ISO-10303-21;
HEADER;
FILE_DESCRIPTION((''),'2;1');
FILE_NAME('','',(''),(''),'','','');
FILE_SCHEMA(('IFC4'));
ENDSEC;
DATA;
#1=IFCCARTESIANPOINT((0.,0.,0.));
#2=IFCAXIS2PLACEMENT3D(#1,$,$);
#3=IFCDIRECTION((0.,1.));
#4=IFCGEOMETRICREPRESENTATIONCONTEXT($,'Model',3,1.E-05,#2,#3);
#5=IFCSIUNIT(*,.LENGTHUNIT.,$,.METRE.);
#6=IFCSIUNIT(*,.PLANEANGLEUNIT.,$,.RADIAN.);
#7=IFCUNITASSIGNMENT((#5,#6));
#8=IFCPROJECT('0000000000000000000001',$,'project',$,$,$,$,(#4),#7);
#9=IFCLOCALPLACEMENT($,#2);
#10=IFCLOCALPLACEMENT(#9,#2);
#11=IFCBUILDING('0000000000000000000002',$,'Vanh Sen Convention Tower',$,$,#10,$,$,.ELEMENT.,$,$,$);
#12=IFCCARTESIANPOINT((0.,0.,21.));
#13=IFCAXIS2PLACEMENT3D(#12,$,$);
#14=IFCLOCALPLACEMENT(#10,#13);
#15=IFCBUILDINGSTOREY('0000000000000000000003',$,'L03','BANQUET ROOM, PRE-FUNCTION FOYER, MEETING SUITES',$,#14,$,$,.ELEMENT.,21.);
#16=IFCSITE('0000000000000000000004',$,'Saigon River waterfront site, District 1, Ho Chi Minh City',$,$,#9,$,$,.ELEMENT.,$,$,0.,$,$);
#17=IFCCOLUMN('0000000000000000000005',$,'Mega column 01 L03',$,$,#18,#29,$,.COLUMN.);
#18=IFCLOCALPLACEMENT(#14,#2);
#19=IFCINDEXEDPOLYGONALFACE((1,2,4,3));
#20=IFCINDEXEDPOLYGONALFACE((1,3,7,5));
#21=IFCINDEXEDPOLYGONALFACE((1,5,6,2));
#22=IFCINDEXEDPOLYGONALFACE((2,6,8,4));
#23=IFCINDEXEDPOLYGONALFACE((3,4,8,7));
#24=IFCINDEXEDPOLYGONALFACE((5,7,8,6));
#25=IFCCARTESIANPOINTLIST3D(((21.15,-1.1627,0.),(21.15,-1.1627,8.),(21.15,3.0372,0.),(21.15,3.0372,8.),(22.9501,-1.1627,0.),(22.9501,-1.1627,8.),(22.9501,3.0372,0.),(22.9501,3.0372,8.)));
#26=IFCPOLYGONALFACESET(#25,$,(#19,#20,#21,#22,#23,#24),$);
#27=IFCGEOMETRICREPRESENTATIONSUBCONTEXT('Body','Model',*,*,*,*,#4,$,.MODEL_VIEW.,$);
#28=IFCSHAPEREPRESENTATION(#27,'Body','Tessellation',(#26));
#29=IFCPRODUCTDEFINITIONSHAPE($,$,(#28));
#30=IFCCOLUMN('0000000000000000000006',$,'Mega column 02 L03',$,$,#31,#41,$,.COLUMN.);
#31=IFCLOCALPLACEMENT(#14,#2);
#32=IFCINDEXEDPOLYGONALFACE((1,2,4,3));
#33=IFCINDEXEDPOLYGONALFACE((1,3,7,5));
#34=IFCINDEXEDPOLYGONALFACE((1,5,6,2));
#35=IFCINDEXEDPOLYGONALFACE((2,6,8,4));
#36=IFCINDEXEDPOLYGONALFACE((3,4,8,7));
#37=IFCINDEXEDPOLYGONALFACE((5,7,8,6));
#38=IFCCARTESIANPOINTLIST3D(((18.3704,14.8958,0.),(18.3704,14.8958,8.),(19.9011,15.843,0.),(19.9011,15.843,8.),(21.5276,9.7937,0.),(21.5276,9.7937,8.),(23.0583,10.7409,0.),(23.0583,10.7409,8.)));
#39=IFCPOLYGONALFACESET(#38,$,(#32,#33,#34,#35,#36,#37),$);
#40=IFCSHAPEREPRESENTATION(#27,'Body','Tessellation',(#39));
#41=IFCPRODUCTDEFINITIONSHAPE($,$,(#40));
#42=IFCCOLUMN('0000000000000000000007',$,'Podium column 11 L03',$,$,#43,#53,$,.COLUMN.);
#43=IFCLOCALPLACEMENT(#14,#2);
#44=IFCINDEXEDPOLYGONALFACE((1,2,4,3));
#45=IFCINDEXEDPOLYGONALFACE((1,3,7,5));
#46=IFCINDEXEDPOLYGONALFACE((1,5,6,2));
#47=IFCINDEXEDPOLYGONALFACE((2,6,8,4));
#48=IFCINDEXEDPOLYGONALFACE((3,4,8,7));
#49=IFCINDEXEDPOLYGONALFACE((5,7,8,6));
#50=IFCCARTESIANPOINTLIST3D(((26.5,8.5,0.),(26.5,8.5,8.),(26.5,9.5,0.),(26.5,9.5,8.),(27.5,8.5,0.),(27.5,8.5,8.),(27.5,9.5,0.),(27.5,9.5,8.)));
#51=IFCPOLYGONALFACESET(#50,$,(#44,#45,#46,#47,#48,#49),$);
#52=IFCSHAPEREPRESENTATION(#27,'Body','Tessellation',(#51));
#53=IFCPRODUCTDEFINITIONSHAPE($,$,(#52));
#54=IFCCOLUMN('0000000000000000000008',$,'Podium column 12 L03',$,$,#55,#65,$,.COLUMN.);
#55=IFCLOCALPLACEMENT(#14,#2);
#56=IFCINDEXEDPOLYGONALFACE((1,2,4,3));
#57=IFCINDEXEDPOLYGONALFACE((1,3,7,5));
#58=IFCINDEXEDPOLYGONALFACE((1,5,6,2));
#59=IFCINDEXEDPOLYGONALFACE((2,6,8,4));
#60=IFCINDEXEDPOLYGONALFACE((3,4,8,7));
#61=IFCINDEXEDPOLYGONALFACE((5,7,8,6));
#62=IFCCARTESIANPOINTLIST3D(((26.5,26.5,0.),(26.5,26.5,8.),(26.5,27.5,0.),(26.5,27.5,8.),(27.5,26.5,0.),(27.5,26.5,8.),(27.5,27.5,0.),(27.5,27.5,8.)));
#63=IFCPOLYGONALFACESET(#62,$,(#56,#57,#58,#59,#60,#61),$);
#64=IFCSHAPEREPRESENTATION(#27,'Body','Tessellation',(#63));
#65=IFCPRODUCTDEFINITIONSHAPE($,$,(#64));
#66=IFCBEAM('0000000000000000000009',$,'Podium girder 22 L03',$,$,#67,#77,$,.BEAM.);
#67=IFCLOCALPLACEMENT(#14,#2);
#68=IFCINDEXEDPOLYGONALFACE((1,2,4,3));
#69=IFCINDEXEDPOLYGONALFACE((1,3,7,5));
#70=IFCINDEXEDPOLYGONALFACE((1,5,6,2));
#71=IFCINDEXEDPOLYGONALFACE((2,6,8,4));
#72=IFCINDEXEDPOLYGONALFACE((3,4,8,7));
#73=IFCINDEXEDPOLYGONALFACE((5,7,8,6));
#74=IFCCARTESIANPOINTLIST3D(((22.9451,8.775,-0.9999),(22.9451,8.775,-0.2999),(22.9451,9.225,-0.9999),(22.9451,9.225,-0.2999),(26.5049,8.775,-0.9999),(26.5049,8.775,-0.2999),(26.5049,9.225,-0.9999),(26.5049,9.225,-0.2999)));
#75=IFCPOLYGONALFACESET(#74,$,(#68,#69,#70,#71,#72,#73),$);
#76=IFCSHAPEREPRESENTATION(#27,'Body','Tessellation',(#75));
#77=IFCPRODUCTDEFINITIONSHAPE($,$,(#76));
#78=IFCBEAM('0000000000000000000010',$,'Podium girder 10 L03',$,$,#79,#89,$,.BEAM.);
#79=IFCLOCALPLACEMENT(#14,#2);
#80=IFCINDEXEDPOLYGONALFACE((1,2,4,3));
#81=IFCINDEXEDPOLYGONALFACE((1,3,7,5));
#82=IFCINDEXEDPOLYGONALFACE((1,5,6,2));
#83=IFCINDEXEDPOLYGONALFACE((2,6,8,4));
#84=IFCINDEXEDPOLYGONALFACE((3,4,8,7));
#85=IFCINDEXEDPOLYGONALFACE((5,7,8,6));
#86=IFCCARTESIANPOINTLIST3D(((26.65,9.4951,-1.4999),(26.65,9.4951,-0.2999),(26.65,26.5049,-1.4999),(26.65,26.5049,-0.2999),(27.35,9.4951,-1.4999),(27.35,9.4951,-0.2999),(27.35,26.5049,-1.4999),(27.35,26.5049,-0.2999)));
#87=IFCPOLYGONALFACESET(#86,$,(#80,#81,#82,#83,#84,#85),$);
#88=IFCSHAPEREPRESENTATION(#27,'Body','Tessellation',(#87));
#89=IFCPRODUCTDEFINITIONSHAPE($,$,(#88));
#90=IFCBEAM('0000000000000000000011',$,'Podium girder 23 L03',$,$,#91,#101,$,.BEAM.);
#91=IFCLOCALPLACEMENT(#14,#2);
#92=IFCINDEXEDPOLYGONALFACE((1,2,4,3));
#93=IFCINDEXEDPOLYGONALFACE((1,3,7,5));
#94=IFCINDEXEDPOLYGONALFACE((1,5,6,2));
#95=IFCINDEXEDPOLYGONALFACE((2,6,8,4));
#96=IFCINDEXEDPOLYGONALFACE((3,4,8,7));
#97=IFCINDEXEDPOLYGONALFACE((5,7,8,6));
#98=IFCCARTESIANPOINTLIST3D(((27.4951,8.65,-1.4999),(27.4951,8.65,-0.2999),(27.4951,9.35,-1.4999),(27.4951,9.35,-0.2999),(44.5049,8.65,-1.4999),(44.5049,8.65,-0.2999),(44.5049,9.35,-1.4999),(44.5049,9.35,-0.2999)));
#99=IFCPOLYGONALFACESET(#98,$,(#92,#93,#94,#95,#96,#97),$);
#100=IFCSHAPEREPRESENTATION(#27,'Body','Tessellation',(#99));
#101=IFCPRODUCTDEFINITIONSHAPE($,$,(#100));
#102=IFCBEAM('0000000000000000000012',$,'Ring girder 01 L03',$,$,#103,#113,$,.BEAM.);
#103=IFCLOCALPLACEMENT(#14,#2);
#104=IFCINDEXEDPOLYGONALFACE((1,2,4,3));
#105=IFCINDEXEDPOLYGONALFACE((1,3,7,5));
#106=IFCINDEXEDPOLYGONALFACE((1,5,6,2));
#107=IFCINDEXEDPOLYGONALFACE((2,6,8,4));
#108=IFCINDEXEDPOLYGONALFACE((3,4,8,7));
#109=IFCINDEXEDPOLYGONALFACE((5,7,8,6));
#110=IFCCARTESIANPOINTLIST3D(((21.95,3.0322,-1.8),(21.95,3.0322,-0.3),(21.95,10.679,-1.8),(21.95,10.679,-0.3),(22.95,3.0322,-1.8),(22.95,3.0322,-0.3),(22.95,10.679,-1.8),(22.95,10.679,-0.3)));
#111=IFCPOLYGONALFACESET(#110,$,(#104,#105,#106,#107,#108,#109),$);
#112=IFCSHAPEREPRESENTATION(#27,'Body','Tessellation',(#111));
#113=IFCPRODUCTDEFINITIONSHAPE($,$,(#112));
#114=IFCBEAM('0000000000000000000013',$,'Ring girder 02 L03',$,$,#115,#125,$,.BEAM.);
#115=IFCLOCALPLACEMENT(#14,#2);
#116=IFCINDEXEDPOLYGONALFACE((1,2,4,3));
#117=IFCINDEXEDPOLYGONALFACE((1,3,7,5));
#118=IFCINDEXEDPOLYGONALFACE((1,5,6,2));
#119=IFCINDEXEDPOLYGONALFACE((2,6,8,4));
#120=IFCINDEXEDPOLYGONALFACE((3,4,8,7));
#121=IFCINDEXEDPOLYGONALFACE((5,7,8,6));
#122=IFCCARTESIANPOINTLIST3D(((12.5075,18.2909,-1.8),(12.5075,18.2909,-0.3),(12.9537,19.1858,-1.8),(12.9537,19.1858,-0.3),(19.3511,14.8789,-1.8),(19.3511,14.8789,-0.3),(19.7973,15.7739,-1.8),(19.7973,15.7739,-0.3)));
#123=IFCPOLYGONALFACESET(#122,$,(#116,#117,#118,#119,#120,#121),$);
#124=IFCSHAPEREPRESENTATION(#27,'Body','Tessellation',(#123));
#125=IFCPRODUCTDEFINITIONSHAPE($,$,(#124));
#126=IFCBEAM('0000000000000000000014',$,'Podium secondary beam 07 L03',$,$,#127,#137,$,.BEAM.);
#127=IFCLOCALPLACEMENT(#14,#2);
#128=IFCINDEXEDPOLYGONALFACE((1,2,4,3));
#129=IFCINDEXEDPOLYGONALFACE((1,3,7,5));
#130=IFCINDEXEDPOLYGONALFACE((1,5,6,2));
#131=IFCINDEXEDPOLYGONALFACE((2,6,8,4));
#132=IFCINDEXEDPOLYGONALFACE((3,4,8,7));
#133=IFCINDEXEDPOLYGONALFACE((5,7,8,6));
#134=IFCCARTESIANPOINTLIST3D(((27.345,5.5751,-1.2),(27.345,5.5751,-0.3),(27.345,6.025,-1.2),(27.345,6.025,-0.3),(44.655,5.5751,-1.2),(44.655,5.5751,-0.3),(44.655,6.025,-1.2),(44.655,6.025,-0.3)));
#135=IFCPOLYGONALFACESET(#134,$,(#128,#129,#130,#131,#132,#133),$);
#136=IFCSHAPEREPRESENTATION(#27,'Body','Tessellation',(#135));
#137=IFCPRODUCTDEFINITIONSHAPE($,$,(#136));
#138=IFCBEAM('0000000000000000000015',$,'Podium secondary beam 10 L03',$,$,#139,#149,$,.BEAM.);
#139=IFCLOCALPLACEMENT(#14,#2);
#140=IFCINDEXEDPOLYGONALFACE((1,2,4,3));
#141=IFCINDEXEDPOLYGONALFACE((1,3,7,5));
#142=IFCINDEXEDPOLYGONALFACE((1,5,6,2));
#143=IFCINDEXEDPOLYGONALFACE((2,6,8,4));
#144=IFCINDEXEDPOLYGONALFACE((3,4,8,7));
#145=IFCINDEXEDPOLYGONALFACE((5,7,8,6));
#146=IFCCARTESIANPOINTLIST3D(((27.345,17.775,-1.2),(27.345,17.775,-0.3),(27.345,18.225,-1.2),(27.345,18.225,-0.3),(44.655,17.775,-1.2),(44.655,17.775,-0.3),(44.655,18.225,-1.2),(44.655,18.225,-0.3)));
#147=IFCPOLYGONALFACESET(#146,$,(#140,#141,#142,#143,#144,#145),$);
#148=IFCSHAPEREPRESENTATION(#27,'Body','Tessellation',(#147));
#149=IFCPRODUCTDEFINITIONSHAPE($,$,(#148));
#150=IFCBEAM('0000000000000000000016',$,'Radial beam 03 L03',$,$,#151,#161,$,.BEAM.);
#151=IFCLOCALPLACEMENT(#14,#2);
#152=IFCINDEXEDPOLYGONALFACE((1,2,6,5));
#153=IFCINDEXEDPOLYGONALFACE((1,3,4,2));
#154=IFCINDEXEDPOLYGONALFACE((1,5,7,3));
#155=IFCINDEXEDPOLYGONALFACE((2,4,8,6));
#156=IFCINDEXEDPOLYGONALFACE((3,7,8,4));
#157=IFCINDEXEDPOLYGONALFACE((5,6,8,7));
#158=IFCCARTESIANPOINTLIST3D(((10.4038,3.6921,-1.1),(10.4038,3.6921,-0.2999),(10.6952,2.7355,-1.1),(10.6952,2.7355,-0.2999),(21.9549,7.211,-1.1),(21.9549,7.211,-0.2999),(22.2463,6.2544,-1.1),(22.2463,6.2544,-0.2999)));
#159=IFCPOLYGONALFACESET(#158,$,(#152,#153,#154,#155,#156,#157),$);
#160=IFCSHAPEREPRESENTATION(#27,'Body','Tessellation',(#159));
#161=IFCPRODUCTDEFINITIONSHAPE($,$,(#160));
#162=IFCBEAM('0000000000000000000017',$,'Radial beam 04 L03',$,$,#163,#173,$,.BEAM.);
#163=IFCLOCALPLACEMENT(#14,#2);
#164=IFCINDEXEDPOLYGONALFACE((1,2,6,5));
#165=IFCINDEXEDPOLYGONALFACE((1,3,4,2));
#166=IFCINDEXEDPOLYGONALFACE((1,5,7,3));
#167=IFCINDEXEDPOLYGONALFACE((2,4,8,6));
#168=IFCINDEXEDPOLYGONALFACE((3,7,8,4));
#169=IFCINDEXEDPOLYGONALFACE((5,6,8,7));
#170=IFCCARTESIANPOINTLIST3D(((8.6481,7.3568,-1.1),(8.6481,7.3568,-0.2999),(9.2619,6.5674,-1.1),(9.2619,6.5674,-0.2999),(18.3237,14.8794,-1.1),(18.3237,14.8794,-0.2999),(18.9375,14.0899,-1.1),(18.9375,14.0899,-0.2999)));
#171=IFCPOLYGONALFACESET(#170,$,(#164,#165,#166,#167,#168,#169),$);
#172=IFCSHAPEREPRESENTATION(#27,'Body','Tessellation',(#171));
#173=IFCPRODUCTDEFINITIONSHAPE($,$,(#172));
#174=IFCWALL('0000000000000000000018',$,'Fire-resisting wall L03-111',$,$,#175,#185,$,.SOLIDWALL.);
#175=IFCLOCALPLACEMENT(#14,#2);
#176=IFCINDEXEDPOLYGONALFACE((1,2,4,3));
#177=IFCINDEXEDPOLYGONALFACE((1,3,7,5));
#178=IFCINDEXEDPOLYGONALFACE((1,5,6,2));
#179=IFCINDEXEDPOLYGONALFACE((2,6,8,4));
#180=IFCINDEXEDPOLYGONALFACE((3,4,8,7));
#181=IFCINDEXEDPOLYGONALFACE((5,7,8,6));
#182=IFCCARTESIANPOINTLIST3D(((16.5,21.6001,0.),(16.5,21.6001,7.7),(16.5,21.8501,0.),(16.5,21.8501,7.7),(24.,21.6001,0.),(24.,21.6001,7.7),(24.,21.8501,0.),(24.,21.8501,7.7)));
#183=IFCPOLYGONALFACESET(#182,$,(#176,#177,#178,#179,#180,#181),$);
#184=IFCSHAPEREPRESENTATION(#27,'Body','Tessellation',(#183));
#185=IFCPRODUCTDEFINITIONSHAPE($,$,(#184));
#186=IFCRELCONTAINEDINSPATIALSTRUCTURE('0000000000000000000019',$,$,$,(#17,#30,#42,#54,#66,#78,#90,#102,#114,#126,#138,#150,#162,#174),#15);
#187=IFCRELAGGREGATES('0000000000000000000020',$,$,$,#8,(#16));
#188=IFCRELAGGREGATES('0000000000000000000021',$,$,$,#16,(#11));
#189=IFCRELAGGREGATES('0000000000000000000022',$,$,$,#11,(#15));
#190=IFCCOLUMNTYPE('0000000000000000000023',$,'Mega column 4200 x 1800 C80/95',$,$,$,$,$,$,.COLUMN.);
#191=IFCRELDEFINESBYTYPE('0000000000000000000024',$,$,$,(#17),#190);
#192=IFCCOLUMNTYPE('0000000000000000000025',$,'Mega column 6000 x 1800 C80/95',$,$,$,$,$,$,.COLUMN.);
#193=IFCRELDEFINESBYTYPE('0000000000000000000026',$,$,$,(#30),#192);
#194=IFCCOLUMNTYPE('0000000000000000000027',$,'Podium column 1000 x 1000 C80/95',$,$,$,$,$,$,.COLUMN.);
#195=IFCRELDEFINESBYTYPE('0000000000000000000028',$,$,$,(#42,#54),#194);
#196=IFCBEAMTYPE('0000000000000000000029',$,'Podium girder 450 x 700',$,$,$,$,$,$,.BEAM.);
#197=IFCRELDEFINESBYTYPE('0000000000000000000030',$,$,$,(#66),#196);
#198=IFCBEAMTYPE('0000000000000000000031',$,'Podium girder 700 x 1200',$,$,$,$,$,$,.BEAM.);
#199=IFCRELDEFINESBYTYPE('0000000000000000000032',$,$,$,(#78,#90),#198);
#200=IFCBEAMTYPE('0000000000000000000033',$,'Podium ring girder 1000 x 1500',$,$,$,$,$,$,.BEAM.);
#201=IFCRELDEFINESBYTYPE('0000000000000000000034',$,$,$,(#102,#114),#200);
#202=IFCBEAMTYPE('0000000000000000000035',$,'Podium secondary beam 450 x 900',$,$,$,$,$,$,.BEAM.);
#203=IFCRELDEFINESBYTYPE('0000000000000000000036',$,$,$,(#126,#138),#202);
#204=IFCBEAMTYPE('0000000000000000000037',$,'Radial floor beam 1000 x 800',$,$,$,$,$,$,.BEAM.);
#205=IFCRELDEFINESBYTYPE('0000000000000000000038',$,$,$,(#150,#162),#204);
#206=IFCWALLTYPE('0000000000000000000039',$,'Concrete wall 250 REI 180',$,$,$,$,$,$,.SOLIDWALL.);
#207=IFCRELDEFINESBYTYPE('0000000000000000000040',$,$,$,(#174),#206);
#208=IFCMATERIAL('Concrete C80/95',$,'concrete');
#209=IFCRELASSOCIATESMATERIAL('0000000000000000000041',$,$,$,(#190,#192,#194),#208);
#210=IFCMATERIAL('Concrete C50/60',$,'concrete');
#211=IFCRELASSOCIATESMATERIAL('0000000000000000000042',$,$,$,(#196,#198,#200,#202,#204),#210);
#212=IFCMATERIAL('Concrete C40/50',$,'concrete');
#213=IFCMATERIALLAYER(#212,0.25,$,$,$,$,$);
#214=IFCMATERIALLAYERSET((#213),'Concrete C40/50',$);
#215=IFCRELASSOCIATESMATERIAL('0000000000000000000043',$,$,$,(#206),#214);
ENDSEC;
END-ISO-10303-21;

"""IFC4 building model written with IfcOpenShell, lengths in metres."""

from ifc_helpers import new_model, si_unit, direction, frame, frame_2d, origin, origin_2d, place, context, subcontext, project, spatial, rectangle, extrude, material, layer, layer_set, material_profile, profile_set, type_object, element, save


model = new_model("IFC4")

# Units and contexts
model_context = context("Model", 3, precision=1e-05, world=origin(), true_north=direction((0.0, 1.0)))
body_context = subcontext(model_context, "Body", "Model", "MODEL_VIEW")
ifc_project = project(units=[si_unit("LENGTHUNIT", "METRE"), si_unit("PLANEANGLEUNIT", "RADIAN")], contexts=[model_context])

# Site, building, storey
site_placement = place(None, origin())
site = spatial("IfcSite", under=ifc_project, at=site_placement, Name="Saigon River waterfront site, District 1, Ho Chi Minh City", CompositionType="ELEMENT", RefElevation=0.0)
building_placement = place(site_placement, origin())
building = spatial("IfcBuilding", under=site, at=building_placement, Name="Vanh Sen Convention Tower", CompositionType="ELEMENT")
storey_placement = place(building_placement, frame((0.0, 0.0, 21.0)))
storey = spatial("IfcBuildingStorey", under=building, at=storey_placement, Name="L03", Description="BANQUET ROOM, PRE-FUNCTION FOYER, MEETING SUITES", CompositionType="ELEMENT", Elevation=21.0)

# Columns
ifc_material_1 = material(Name="Concrete C80/95", Category="concrete")
ifc_material_profile_1 = material_profile(ifc_material_1, rectangle(XDim=4.2, YDim=1.8, at=origin_2d()), Name="RC 4200X1800")
ifc_profile_set_1 = profile_set([ifc_material_profile_1], Name="Concrete C80/95")
column_type_1 = type_object("IfcColumnType", Name="Mega column 4200 x 1800 C80/95", PredefinedType="COLUMN", material=ifc_profile_set_1)
column_1_placement = place(storey_placement, frame((22.05, 0.9373, 0.0), z_axis=(0.0, 0.0, 1.0), x_axis=(0.0, 1.0, 0.0)))
element("IfcColumn", 1, at=column_1_placement, inside=storey, type_object=column_type_1, Name="Mega column 01 L03", PredefinedType="COLUMN", context=body_context, shape_type="SweptSolid", body=[
    extrude(rectangle(XDim=4.2, YDim=1.8, at=origin_2d()), origin(), (0.0, 0.0, 1.0), 8.0),
])
ifc_material_profile_2 = material_profile(ifc_material_1, rectangle(XDim=6.0, YDim=1.8, at=origin_2d()), Name="RC 6000X1800")
ifc_profile_set_2 = profile_set([ifc_material_profile_2], Name="Concrete C80/95")
column_type_2 = type_object("IfcColumnType", Name="Mega column 6000 x 1800 C80/95", PredefinedType="COLUMN", material=ifc_profile_set_2)
column_2_placement = place(storey_placement, frame((20.7144, 12.8184, 0.0), z_axis=(0.0, 0.0, 1.0), x_axis=(-0.526211, 0.850354, 0.0)))
element("IfcColumn", 2, at=column_2_placement, inside=storey, type_object=column_type_2, Name="Mega column 02 L03", PredefinedType="COLUMN", context=body_context, shape_type="SweptSolid", body=[
    extrude(rectangle(XDim=6.0, YDim=1.8, at=origin_2d()), origin(), (0.0, 0.0, 1.0), 8.0),
])
ifc_material_profile_3 = material_profile(ifc_material_1, rectangle(XDim=1.0, YDim=1.0, at=origin_2d()), Name="RC 1000X1000")
ifc_profile_set_3 = profile_set([ifc_material_profile_3], Name="Concrete C80/95")
column_type_3 = type_object("IfcColumnType", Name="Podium column 1000 x 1000 C80/95", PredefinedType="COLUMN", material=ifc_profile_set_3)
for number, where, z_axis, x_axis, name in (
    (3, (27.0, 9.0, 0.0), (0.0, 0.0, 1.0), (1.0, 0.0, 0.0), "Podium column 11 L03"),
    (4, (27.0, 27.0, 0.0), (0.0, 0.0, 1.0), (1.0, 0.0, 0.0), "Podium column 12 L03"),
):
    element("IfcColumn", number, at=place(storey_placement, frame(where, z_axis=z_axis, x_axis=x_axis)), inside=storey, type_object=column_type_3, Name=name, PredefinedType="COLUMN", context=body_context, shape_type="SweptSolid", body=[
        extrude(rectangle(XDim=1.0, YDim=1.0, at=origin_2d()), origin(), (0.0, 0.0, 1.0), 8.0),
    ])

# Beams
ifc_material_2 = material(Name="Concrete C50/60", Category="concrete")
ifc_material_profile_4 = material_profile(ifc_material_2, rectangle(XDim=0.45, YDim=0.7, at=origin_2d()), Name="RC 450X700")
ifc_profile_set_4 = profile_set([ifc_material_profile_4], Name="Concrete C50/60")
beam_type_1 = type_object("IfcBeamType", Name="Podium girder 450 x 700", PredefinedType="BEAM", material=ifc_profile_set_4)
beam_1_placement = place(storey_placement, frame((22.9451, 9.0, -0.6499), z_axis=(1.0, 0.0, 0.0), x_axis=(0.0, 1.0, 0.0)))
element("IfcBeam", 5, at=beam_1_placement, inside=storey, type_object=beam_type_1, Name="Podium girder 22 L03", PredefinedType="BEAM", context=body_context, shape_type="SweptSolid", body=[
    extrude(rectangle(XDim=0.45, YDim=0.7, at=origin_2d()), origin(), (0.0, 0.0, 1.0), 3.5598),
])
ifc_material_profile_5 = material_profile(ifc_material_2, rectangle(XDim=0.7, YDim=1.2, at=origin_2d()), Name="RC 700X1200")
ifc_profile_set_5 = profile_set([ifc_material_profile_5], Name="Concrete C50/60")
beam_type_2 = type_object("IfcBeamType", Name="Podium girder 700 x 1200", PredefinedType="BEAM", material=ifc_profile_set_5)
for number, where, z_axis, x_axis, name in (
    (6, (27.0, 9.4951, -0.8999), (0.0, 1.0, 0.0), (-1.0, 0.0, 0.0), "Podium girder 10 L03"),
    (7, (27.4951, 9.0, -0.8999), (1.0, 0.0, 0.0), (0.0, 1.0, 0.0), "Podium girder 23 L03"),
):
    element("IfcBeam", number, at=place(storey_placement, frame(where, z_axis=z_axis, x_axis=x_axis)), inside=storey, type_object=beam_type_2, Name=name, PredefinedType="BEAM", context=body_context, shape_type="SweptSolid", body=[
        extrude(rectangle(XDim=0.7, YDim=1.2, at=origin_2d()), origin(), (0.0, 0.0, 1.0), 17.0098),
    ])
ifc_material_profile_6 = material_profile(ifc_material_2, rectangle(XDim=1.0, YDim=1.5, at=origin_2d()), Name="RC 1000X1500")
ifc_profile_set_6 = profile_set([ifc_material_profile_6], Name="Concrete C50/60")
beam_type_3 = type_object("IfcBeamType", Name="Podium ring girder 1000 x 1500", PredefinedType="BEAM", material=ifc_profile_set_6)
beam_2_placement = place(storey_placement, frame((22.45, 3.0322, -1.05), z_axis=(0.0, 1.0, 0.0), x_axis=(-1.0, 0.0, 0.0)))
element("IfcBeam", 8, at=beam_2_placement, inside=storey, type_object=beam_type_3, Name="Ring girder 01 L03", PredefinedType="BEAM", context=body_context, shape_type="SweptSolid", body=[
    extrude(rectangle(XDim=1.0, YDim=1.5, at=origin_2d()), origin(), (0.0, 0.0, 1.0), 7.6467),
])
beam_3_placement = place(storey_placement, frame((19.5742, 15.3264, -1.05), z_axis=(-0.894944, 0.446179, 0.0), x_axis=(-0.446179, -0.894944, 0.0)))
element("IfcBeam", 9, at=beam_3_placement, inside=storey, type_object=beam_type_3, Name="Ring girder 02 L03", PredefinedType="BEAM", context=body_context, shape_type="SweptSolid", body=[
    extrude(rectangle(XDim=1.0, YDim=1.5, at=origin_2d()), origin(), (0.0, 0.0, 1.0), 7.647),
])
ifc_material_profile_7 = material_profile(ifc_material_2, rectangle(XDim=0.45, YDim=0.8999, at=origin_2d()), Name="RC 450X900")
ifc_profile_set_7 = profile_set([ifc_material_profile_7], Name="Concrete C50/60")
beam_type_4 = type_object("IfcBeamType", Name="Podium secondary beam 450 x 900", PredefinedType="BEAM", material=ifc_profile_set_7)
for number, where, z_axis, x_axis, name in (
    (10, (27.345, 5.8, -0.75), (1.0, 0.0, 0.0), (0.0, 1.0, 0.0), "Podium secondary beam 07 L03"),
    (11, (27.345, 18.0, -0.75), (1.0, 0.0, 0.0), (0.0, 1.0, 0.0), "Podium secondary beam 10 L03"),
):
    element("IfcBeam", number, at=place(storey_placement, frame(where, z_axis=z_axis, x_axis=x_axis)), inside=storey, type_object=beam_type_4, Name=name, PredefinedType="BEAM", context=body_context, shape_type="SweptSolid", body=[
        extrude(rectangle(XDim=0.45, YDim=0.8999, at=origin_2d()), origin(), (0.0, 0.0, 1.0), 17.3101),
    ])
ifc_material_profile_8 = material_profile(ifc_material_2, rectangle(XDim=1.0, YDim=0.8, at=origin_2d()), Name="RC 1000X800")
ifc_profile_set_8 = profile_set([ifc_material_profile_8], Name="Concrete C50/60")
beam_type_5 = type_object("IfcBeamType", Name="Radial floor beam 1000 x 800", PredefinedType="BEAM", material=ifc_profile_set_8)
beam_4_placement = place(storey_placement, frame((22.1006, 6.7327, -0.7), z_axis=(-0.956598, -0.291409, 0.0), x_axis=(0.291409, -0.956598, 0.0)))
element("IfcBeam", 12, at=beam_4_placement, inside=storey, type_object=beam_type_5, Name="Radial beam 03 L03", PredefinedType="BEAM", context=body_context, shape_type="SweptSolid", body=[
    extrude(rectangle(XDim=1.0, YDim=0.8, at=origin_2d()), origin(), (0.0, 0.0, 1.0), 12.0752),
])
beam_5_placement = place(storey_placement, frame((18.6306, 14.4846, -0.7), z_axis=(-0.789469, -0.61379, 0.0), x_axis=(0.61379, -0.789469, 0.0)))
element("IfcBeam", 13, at=beam_5_placement, inside=storey, type_object=beam_type_5, Name="Radial beam 04 L03", PredefinedType="BEAM", context=body_context, shape_type="SweptSolid", body=[
    extrude(rectangle(XDim=1.0, YDim=0.8, at=origin_2d()), origin(), (0.0, 0.0, 1.0), 12.2559),
])

# Shared definitions
ifc_material_3 = material(Name="Concrete C40/50", Category="concrete")
ifc_layer_1 = layer(ifc_material_3, 0.25)
ifc_layer_set_1 = layer_set([ifc_layer_1], Name="Concrete C40/50")
wall_type_1 = type_object("IfcWallType", Name="Concrete wall 250 REI 180", PredefinedType="SOLIDWALL", material=ifc_layer_set_1)

# Wall
wall_1_placement = place(storey_placement, frame((24.0, 21.7251, 0.0), z_axis=(0.0, 0.0, 1.0), x_axis=(-1.0, 0.0, 0.0)))
element("IfcWall", 14, at=wall_1_placement, inside=storey, type_object=wall_type_1, Name="Fire-resisting wall L03-111", PredefinedType="SOLIDWALL", context=body_context, shape_type="SweptSolid", body=[
    extrude(rectangle(XDim=7.5, YDim=0.25, at=frame_2d((3.75, 0.0))), origin(), (0.0, 0.0, 1.0), 7.7),
])

save(model, "model.ifc")
